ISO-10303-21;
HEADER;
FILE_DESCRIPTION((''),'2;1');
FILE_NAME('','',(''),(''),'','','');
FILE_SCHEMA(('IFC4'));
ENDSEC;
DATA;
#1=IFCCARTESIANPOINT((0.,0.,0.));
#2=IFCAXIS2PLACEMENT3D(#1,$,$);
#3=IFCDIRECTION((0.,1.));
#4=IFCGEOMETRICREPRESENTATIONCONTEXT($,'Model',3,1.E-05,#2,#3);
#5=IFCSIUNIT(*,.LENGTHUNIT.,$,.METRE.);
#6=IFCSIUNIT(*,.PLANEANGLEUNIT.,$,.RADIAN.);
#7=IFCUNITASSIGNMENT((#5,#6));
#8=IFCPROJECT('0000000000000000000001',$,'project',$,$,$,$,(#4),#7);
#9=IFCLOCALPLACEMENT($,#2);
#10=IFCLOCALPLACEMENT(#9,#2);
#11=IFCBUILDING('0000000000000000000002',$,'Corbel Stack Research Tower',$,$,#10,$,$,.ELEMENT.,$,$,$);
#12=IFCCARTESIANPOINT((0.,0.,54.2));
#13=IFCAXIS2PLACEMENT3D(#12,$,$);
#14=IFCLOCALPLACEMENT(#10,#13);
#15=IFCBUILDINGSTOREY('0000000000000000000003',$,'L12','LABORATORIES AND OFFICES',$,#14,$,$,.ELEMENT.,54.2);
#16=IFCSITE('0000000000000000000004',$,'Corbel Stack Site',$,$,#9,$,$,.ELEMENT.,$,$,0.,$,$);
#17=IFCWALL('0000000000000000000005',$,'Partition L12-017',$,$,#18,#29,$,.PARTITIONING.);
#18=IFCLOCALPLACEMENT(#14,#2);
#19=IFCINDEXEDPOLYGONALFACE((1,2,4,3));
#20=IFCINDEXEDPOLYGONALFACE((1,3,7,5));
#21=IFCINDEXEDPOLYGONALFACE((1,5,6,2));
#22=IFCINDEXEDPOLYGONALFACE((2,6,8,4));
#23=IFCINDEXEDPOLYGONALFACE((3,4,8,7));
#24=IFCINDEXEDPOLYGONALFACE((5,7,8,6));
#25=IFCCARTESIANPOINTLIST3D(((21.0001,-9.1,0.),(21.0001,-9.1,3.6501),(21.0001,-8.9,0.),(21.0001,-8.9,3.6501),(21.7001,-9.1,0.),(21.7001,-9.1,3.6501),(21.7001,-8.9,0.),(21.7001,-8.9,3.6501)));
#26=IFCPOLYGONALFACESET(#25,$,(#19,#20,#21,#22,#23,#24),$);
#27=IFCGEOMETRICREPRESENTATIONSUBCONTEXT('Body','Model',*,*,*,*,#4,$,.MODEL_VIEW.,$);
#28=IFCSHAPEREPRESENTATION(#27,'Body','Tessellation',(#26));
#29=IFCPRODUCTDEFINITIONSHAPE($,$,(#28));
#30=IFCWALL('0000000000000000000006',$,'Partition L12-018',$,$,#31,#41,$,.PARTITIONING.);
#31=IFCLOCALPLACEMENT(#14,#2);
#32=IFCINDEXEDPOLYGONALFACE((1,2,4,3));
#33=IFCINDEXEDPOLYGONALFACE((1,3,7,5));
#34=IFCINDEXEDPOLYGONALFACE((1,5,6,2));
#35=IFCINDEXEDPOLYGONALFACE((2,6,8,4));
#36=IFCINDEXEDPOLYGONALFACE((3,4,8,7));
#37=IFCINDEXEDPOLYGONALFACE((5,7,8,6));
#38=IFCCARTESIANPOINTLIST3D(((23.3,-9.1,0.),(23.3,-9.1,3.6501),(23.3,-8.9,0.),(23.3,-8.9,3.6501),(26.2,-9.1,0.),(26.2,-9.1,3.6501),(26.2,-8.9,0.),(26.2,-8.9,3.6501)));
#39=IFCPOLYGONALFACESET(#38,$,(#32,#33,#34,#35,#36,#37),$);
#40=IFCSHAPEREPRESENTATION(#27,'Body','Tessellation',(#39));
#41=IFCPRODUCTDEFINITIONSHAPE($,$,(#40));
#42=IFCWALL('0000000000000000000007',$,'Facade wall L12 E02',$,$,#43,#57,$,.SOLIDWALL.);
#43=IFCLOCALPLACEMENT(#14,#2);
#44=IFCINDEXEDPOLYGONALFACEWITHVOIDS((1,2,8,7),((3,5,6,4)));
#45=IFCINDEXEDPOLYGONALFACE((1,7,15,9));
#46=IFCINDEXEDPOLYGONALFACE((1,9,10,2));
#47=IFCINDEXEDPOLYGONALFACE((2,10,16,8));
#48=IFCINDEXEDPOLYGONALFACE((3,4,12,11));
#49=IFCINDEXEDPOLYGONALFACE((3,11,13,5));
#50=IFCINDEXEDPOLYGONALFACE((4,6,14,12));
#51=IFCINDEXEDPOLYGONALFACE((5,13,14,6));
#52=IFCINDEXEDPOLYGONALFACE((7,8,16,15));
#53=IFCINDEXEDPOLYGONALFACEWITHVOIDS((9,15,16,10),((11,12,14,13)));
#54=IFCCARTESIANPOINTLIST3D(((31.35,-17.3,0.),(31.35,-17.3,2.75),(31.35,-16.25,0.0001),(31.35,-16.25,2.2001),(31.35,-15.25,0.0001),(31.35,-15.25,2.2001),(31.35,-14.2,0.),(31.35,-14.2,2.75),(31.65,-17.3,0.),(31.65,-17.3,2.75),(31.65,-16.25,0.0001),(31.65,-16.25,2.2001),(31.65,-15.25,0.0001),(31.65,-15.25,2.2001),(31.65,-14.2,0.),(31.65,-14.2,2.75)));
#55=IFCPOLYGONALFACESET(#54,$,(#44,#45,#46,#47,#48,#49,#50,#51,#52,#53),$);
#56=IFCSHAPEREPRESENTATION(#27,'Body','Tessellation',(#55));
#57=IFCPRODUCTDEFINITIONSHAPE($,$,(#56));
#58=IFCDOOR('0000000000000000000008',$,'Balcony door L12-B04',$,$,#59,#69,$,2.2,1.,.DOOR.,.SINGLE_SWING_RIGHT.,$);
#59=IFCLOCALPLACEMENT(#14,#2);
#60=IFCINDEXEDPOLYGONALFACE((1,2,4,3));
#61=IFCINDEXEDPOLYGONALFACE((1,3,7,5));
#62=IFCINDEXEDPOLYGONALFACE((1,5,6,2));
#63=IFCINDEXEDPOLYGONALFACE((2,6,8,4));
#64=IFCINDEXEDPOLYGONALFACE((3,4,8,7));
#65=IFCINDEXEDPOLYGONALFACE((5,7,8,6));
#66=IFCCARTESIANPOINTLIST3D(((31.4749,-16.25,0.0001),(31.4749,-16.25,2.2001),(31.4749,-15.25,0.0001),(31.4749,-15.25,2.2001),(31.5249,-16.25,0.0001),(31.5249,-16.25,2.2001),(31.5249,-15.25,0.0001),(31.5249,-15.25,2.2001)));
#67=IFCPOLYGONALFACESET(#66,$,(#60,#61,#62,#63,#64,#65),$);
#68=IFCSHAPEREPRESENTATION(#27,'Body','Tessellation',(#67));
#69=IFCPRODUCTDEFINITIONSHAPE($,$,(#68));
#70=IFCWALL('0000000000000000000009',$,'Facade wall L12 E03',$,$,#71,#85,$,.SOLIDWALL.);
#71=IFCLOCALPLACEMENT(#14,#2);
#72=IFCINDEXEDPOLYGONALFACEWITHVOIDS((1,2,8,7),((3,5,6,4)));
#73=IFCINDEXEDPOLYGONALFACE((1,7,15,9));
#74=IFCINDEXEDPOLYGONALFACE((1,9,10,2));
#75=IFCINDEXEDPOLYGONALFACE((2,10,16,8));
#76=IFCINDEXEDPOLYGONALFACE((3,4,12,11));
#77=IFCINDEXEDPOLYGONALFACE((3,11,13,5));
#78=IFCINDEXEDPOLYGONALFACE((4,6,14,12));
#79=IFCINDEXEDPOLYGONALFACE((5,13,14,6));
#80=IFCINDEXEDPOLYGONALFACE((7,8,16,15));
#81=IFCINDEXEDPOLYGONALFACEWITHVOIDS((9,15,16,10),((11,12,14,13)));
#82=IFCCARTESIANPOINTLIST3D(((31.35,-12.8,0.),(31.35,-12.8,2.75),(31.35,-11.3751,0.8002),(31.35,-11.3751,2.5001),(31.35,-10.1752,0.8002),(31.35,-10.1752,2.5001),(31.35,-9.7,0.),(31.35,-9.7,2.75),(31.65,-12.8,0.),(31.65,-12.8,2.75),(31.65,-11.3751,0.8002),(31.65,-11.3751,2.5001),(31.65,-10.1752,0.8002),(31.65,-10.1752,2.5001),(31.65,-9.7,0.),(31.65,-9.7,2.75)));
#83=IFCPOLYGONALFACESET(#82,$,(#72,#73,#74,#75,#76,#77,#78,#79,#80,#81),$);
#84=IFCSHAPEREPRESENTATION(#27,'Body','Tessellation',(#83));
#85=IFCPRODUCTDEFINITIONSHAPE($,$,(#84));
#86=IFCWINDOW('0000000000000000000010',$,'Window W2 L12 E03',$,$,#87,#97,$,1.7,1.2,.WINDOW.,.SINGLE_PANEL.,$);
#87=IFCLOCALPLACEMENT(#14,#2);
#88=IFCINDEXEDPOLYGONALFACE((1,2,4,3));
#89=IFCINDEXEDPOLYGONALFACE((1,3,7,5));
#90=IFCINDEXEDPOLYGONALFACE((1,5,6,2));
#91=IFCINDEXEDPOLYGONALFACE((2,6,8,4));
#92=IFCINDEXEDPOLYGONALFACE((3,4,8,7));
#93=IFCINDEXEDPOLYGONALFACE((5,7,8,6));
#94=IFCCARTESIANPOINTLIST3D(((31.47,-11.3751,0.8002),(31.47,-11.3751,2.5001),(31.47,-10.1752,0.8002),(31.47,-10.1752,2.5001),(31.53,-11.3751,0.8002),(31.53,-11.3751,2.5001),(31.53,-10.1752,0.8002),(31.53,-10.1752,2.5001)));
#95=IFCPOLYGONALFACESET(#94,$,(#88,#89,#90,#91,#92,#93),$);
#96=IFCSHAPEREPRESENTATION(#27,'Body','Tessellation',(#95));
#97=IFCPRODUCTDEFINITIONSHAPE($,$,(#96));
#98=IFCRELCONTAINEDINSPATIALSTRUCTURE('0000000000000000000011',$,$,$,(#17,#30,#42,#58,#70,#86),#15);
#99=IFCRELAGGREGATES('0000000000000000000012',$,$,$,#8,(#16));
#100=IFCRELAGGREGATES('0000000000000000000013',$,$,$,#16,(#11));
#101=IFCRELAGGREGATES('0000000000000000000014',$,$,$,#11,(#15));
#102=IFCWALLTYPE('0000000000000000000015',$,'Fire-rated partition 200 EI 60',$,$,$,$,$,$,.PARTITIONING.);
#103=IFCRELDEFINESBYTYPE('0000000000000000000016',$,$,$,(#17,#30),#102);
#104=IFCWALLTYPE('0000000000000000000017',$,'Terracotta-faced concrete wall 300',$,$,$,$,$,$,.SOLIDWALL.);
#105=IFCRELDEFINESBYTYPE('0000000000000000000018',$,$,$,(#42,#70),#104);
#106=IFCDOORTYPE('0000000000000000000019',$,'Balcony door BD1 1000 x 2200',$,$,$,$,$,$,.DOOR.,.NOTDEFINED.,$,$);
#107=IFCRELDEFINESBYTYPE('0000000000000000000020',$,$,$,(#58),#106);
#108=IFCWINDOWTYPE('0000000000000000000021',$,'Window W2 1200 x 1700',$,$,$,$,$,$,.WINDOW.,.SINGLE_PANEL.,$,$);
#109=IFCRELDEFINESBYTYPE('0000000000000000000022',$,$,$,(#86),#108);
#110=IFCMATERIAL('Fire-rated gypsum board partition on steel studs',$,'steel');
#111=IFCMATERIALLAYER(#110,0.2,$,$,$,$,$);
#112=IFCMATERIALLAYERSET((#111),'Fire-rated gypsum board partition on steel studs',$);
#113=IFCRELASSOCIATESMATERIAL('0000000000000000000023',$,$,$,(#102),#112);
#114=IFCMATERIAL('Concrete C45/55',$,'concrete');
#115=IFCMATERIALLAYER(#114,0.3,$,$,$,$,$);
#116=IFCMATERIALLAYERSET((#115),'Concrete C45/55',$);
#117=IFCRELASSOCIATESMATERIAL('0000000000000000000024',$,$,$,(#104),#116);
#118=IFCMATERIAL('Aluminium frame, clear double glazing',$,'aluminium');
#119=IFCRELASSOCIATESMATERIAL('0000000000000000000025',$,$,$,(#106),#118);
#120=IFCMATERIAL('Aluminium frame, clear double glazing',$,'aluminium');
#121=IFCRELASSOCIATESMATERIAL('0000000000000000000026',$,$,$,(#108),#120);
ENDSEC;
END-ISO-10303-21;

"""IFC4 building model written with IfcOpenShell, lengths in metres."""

from ifc_helpers import new_model, si_unit, direction, frame, frame_2d, origin, place, context, subcontext, project, spatial, rectangle, extrude, material, layer, layer_set, type_object, element, fill, save


model = new_model("IFC4")

# Units and contexts
model_context = context("Model", 3, precision=1e-05, world=origin(), true_north=direction((0.0, 1.0)))
body_context = subcontext(model_context, "Body", "Model", "MODEL_VIEW")
ifc_project = project(units=[si_unit("LENGTHUNIT", "METRE"), si_unit("PLANEANGLEUNIT", "RADIAN")], contexts=[model_context])

# Site, building, storey
site_placement = place(None, origin())
site = spatial("IfcSite", under=ifc_project, at=site_placement, Name="Corbel Stack Site", CompositionType="ELEMENT", RefElevation=0.0)
building_placement = place(site_placement, origin())
building = spatial("IfcBuilding", under=site, at=building_placement, Name="Corbel Stack Research Tower", CompositionType="ELEMENT")
storey_placement = place(building_placement, frame((0.0, 0.0, 54.2)))
storey = spatial("IfcBuildingStorey", under=building, at=storey_placement, Name="L12", Description="LABORATORIES AND OFFICES", CompositionType="ELEMENT", Elevation=54.2)

# Shared definitions
ifc_material_1 = material(Name="Fire-rated gypsum board partition on steel studs", Category="steel")
ifc_layer_1 = layer(ifc_material_1, 0.2)
ifc_layer_set_1 = layer_set([ifc_layer_1], Name="Fire-rated gypsum board partition on steel studs")
wall_type_1 = type_object("IfcWallType", Name="Fire-rated partition 200 EI 60", PredefinedType="PARTITIONING", material=ifc_layer_set_1)

# Walls
wall_1_placement = place(storey_placement, frame((21.0, -9.0, 0.0), z_axis=(0.0, 0.0, 1.0), x_axis=(1.0, 0.0, 0.0)))
element("IfcWall", 1, at=wall_1_placement, inside=storey, type_object=wall_type_1, Name="Partition L12-017", PredefinedType="PARTITIONING", context=body_context, shape_type="SweptSolid", body=[
    extrude(rectangle(XDim=0.7, YDim=0.2, at=frame_2d((0.3501, 0.0))), origin(), (0.0, 0.0, 1.0), 3.6501),
])
wall_2_placement = place(storey_placement, frame((23.3, -9.0, 0.0), z_axis=(0.0, 0.0, 1.0), x_axis=(1.0, 0.0, 0.0)))
element("IfcWall", 2, at=wall_2_placement, inside=storey, type_object=wall_type_1, Name="Partition L12-018", PredefinedType="PARTITIONING", context=body_context, shape_type="SweptSolid", body=[
    extrude(rectangle(XDim=2.8999, YDim=0.2, at=frame_2d((1.45, 0.0))), origin(), (0.0, 0.0, 1.0), 3.6501),
])

# Wall, opening, door
ifc_material_2 = material(Name="Concrete C45/55", Category="concrete")
ifc_layer_2 = layer(ifc_material_2, 0.3)
ifc_layer_set_2 = layer_set([ifc_layer_2], Name="Concrete C45/55")
wall_type_2 = type_object("IfcWallType", Name="Terracotta-faced concrete wall 300", PredefinedType="SOLIDWALL", material=ifc_layer_set_2)
wall_3_placement = place(storey_placement, frame((31.5, -14.2, 0.0), z_axis=(0.0, 0.0, 1.0), x_axis=(0.0, -1.0, 0.0)))
wall_3 = element("IfcWall", 3, at=wall_3_placement, inside=storey, type_object=wall_type_2, Name="Facade wall L12 E02", PredefinedType="SOLIDWALL", context=body_context, shape_type="SweptSolid", body=[
    extrude(rectangle(XDim=3.1001, YDim=0.3, at=frame_2d((1.55, 0.0))), origin(), (0.0, 0.0, 1.0), 2.75),
])
opening_1_placement = place(wall_3_placement, frame((1.05, 0.0, 0.0)))
opening_1 = element("IfcOpeningElement", 4, at=opening_1_placement, cuts=wall_3, PredefinedType="OPENING", context=body_context, shape_type="SweptSolid", body=[
    extrude(rectangle(XDim=1.0, YDim=2.2, at=frame_2d((0.5, 1.1001))), frame((0.0, 0.1599, 0.0), z_axis=(0.0, -1.0, 0.0), x_axis=(1.0, 0.0, 0.0)), (0.0, 0.0, 1.0), 0.3201),
])
ifc_material_3 = material(Name="Aluminium frame, clear double glazing", Category="aluminium")
door_type_1 = type_object("IfcDoorType", Name="Balcony door BD1 1000 x 2200", OperationType="NOTDEFINED", PredefinedType="DOOR", material=ifc_material_3)
door_1_placement = place(opening_1_placement, origin())
door_1 = element("IfcDoor", 5, at=door_1_placement, inside=storey, type_object=door_type_1, Name="Balcony door L12-B04", OperationType="SINGLE_SWING_RIGHT", OverallHeight=2.2, OverallWidth=1.0, PredefinedType="DOOR", context=body_context, shape_type="SweptSolid", body=[
    extrude(rectangle(XDim=1.0, YDim=2.2, at=frame_2d((0.5, 1.1001))), frame((0.0, 0.0249, 0.0), z_axis=(0.0, -1.0, 0.0), x_axis=(1.0, 0.0, 0.0)), (0.0, 0.0, 1.0), 0.05),
])
fill(opening_1, door_1)

# Wall, opening, window
wall_4_placement = place(storey_placement, frame((31.5, -9.7, 0.0), z_axis=(0.0, 0.0, 1.0), x_axis=(0.0, -1.0, 0.0)))
wall_4 = element("IfcWall", 6, at=wall_4_placement, inside=storey, type_object=wall_type_2, Name="Facade wall L12 E03", PredefinedType="SOLIDWALL", context=body_context, shape_type="SweptSolid", body=[
    extrude(rectangle(XDim=3.1001, YDim=0.3, at=frame_2d((1.55, 0.0))), origin(), (0.0, 0.0, 1.0), 2.75),
])
opening_2_placement = place(wall_4_placement, frame((0.4751, 0.0, 0.8)))
opening_2 = element("IfcOpeningElement", 7, at=opening_2_placement, cuts=wall_4, PredefinedType="OPENING", context=body_context, shape_type="SweptSolid", body=[
    extrude(rectangle(XDim=1.2, YDim=1.7, at=frame_2d((0.6001, 0.8501))), frame((0.0, 0.1599, 0.0), z_axis=(0.0, -1.0, 0.0), x_axis=(1.0, 0.0, 0.0)), (0.0, 0.0, 1.0), 0.3201),
])
ifc_material_4 = material(Name="Aluminium frame, clear double glazing", Category="aluminium")
window_type = type_object("IfcWindowType", Name="Window W2 1200 x 1700", PartitioningType="SINGLE_PANEL", PredefinedType="WINDOW", material=ifc_material_4)
window_placement = place(opening_2_placement, origin())
window = element("IfcWindow", 8, at=window_placement, inside=storey, type_object=window_type, Name="Window W2 L12 E03", OverallHeight=1.7, OverallWidth=1.2, PartitioningType="SINGLE_PANEL", PredefinedType="WINDOW", context=body_context, shape_type="SweptSolid", body=[
    extrude(rectangle(XDim=1.2, YDim=1.7, at=frame_2d((0.6001, 0.8501))), frame((0.0, 0.03, 0.0), z_axis=(0.0, -1.0, 0.0), x_axis=(1.0, 0.0, 0.0)), (0.0, 0.0, 1.0), 0.0601),
])
fill(opening_2, window)

save(model, "model.ifc")
